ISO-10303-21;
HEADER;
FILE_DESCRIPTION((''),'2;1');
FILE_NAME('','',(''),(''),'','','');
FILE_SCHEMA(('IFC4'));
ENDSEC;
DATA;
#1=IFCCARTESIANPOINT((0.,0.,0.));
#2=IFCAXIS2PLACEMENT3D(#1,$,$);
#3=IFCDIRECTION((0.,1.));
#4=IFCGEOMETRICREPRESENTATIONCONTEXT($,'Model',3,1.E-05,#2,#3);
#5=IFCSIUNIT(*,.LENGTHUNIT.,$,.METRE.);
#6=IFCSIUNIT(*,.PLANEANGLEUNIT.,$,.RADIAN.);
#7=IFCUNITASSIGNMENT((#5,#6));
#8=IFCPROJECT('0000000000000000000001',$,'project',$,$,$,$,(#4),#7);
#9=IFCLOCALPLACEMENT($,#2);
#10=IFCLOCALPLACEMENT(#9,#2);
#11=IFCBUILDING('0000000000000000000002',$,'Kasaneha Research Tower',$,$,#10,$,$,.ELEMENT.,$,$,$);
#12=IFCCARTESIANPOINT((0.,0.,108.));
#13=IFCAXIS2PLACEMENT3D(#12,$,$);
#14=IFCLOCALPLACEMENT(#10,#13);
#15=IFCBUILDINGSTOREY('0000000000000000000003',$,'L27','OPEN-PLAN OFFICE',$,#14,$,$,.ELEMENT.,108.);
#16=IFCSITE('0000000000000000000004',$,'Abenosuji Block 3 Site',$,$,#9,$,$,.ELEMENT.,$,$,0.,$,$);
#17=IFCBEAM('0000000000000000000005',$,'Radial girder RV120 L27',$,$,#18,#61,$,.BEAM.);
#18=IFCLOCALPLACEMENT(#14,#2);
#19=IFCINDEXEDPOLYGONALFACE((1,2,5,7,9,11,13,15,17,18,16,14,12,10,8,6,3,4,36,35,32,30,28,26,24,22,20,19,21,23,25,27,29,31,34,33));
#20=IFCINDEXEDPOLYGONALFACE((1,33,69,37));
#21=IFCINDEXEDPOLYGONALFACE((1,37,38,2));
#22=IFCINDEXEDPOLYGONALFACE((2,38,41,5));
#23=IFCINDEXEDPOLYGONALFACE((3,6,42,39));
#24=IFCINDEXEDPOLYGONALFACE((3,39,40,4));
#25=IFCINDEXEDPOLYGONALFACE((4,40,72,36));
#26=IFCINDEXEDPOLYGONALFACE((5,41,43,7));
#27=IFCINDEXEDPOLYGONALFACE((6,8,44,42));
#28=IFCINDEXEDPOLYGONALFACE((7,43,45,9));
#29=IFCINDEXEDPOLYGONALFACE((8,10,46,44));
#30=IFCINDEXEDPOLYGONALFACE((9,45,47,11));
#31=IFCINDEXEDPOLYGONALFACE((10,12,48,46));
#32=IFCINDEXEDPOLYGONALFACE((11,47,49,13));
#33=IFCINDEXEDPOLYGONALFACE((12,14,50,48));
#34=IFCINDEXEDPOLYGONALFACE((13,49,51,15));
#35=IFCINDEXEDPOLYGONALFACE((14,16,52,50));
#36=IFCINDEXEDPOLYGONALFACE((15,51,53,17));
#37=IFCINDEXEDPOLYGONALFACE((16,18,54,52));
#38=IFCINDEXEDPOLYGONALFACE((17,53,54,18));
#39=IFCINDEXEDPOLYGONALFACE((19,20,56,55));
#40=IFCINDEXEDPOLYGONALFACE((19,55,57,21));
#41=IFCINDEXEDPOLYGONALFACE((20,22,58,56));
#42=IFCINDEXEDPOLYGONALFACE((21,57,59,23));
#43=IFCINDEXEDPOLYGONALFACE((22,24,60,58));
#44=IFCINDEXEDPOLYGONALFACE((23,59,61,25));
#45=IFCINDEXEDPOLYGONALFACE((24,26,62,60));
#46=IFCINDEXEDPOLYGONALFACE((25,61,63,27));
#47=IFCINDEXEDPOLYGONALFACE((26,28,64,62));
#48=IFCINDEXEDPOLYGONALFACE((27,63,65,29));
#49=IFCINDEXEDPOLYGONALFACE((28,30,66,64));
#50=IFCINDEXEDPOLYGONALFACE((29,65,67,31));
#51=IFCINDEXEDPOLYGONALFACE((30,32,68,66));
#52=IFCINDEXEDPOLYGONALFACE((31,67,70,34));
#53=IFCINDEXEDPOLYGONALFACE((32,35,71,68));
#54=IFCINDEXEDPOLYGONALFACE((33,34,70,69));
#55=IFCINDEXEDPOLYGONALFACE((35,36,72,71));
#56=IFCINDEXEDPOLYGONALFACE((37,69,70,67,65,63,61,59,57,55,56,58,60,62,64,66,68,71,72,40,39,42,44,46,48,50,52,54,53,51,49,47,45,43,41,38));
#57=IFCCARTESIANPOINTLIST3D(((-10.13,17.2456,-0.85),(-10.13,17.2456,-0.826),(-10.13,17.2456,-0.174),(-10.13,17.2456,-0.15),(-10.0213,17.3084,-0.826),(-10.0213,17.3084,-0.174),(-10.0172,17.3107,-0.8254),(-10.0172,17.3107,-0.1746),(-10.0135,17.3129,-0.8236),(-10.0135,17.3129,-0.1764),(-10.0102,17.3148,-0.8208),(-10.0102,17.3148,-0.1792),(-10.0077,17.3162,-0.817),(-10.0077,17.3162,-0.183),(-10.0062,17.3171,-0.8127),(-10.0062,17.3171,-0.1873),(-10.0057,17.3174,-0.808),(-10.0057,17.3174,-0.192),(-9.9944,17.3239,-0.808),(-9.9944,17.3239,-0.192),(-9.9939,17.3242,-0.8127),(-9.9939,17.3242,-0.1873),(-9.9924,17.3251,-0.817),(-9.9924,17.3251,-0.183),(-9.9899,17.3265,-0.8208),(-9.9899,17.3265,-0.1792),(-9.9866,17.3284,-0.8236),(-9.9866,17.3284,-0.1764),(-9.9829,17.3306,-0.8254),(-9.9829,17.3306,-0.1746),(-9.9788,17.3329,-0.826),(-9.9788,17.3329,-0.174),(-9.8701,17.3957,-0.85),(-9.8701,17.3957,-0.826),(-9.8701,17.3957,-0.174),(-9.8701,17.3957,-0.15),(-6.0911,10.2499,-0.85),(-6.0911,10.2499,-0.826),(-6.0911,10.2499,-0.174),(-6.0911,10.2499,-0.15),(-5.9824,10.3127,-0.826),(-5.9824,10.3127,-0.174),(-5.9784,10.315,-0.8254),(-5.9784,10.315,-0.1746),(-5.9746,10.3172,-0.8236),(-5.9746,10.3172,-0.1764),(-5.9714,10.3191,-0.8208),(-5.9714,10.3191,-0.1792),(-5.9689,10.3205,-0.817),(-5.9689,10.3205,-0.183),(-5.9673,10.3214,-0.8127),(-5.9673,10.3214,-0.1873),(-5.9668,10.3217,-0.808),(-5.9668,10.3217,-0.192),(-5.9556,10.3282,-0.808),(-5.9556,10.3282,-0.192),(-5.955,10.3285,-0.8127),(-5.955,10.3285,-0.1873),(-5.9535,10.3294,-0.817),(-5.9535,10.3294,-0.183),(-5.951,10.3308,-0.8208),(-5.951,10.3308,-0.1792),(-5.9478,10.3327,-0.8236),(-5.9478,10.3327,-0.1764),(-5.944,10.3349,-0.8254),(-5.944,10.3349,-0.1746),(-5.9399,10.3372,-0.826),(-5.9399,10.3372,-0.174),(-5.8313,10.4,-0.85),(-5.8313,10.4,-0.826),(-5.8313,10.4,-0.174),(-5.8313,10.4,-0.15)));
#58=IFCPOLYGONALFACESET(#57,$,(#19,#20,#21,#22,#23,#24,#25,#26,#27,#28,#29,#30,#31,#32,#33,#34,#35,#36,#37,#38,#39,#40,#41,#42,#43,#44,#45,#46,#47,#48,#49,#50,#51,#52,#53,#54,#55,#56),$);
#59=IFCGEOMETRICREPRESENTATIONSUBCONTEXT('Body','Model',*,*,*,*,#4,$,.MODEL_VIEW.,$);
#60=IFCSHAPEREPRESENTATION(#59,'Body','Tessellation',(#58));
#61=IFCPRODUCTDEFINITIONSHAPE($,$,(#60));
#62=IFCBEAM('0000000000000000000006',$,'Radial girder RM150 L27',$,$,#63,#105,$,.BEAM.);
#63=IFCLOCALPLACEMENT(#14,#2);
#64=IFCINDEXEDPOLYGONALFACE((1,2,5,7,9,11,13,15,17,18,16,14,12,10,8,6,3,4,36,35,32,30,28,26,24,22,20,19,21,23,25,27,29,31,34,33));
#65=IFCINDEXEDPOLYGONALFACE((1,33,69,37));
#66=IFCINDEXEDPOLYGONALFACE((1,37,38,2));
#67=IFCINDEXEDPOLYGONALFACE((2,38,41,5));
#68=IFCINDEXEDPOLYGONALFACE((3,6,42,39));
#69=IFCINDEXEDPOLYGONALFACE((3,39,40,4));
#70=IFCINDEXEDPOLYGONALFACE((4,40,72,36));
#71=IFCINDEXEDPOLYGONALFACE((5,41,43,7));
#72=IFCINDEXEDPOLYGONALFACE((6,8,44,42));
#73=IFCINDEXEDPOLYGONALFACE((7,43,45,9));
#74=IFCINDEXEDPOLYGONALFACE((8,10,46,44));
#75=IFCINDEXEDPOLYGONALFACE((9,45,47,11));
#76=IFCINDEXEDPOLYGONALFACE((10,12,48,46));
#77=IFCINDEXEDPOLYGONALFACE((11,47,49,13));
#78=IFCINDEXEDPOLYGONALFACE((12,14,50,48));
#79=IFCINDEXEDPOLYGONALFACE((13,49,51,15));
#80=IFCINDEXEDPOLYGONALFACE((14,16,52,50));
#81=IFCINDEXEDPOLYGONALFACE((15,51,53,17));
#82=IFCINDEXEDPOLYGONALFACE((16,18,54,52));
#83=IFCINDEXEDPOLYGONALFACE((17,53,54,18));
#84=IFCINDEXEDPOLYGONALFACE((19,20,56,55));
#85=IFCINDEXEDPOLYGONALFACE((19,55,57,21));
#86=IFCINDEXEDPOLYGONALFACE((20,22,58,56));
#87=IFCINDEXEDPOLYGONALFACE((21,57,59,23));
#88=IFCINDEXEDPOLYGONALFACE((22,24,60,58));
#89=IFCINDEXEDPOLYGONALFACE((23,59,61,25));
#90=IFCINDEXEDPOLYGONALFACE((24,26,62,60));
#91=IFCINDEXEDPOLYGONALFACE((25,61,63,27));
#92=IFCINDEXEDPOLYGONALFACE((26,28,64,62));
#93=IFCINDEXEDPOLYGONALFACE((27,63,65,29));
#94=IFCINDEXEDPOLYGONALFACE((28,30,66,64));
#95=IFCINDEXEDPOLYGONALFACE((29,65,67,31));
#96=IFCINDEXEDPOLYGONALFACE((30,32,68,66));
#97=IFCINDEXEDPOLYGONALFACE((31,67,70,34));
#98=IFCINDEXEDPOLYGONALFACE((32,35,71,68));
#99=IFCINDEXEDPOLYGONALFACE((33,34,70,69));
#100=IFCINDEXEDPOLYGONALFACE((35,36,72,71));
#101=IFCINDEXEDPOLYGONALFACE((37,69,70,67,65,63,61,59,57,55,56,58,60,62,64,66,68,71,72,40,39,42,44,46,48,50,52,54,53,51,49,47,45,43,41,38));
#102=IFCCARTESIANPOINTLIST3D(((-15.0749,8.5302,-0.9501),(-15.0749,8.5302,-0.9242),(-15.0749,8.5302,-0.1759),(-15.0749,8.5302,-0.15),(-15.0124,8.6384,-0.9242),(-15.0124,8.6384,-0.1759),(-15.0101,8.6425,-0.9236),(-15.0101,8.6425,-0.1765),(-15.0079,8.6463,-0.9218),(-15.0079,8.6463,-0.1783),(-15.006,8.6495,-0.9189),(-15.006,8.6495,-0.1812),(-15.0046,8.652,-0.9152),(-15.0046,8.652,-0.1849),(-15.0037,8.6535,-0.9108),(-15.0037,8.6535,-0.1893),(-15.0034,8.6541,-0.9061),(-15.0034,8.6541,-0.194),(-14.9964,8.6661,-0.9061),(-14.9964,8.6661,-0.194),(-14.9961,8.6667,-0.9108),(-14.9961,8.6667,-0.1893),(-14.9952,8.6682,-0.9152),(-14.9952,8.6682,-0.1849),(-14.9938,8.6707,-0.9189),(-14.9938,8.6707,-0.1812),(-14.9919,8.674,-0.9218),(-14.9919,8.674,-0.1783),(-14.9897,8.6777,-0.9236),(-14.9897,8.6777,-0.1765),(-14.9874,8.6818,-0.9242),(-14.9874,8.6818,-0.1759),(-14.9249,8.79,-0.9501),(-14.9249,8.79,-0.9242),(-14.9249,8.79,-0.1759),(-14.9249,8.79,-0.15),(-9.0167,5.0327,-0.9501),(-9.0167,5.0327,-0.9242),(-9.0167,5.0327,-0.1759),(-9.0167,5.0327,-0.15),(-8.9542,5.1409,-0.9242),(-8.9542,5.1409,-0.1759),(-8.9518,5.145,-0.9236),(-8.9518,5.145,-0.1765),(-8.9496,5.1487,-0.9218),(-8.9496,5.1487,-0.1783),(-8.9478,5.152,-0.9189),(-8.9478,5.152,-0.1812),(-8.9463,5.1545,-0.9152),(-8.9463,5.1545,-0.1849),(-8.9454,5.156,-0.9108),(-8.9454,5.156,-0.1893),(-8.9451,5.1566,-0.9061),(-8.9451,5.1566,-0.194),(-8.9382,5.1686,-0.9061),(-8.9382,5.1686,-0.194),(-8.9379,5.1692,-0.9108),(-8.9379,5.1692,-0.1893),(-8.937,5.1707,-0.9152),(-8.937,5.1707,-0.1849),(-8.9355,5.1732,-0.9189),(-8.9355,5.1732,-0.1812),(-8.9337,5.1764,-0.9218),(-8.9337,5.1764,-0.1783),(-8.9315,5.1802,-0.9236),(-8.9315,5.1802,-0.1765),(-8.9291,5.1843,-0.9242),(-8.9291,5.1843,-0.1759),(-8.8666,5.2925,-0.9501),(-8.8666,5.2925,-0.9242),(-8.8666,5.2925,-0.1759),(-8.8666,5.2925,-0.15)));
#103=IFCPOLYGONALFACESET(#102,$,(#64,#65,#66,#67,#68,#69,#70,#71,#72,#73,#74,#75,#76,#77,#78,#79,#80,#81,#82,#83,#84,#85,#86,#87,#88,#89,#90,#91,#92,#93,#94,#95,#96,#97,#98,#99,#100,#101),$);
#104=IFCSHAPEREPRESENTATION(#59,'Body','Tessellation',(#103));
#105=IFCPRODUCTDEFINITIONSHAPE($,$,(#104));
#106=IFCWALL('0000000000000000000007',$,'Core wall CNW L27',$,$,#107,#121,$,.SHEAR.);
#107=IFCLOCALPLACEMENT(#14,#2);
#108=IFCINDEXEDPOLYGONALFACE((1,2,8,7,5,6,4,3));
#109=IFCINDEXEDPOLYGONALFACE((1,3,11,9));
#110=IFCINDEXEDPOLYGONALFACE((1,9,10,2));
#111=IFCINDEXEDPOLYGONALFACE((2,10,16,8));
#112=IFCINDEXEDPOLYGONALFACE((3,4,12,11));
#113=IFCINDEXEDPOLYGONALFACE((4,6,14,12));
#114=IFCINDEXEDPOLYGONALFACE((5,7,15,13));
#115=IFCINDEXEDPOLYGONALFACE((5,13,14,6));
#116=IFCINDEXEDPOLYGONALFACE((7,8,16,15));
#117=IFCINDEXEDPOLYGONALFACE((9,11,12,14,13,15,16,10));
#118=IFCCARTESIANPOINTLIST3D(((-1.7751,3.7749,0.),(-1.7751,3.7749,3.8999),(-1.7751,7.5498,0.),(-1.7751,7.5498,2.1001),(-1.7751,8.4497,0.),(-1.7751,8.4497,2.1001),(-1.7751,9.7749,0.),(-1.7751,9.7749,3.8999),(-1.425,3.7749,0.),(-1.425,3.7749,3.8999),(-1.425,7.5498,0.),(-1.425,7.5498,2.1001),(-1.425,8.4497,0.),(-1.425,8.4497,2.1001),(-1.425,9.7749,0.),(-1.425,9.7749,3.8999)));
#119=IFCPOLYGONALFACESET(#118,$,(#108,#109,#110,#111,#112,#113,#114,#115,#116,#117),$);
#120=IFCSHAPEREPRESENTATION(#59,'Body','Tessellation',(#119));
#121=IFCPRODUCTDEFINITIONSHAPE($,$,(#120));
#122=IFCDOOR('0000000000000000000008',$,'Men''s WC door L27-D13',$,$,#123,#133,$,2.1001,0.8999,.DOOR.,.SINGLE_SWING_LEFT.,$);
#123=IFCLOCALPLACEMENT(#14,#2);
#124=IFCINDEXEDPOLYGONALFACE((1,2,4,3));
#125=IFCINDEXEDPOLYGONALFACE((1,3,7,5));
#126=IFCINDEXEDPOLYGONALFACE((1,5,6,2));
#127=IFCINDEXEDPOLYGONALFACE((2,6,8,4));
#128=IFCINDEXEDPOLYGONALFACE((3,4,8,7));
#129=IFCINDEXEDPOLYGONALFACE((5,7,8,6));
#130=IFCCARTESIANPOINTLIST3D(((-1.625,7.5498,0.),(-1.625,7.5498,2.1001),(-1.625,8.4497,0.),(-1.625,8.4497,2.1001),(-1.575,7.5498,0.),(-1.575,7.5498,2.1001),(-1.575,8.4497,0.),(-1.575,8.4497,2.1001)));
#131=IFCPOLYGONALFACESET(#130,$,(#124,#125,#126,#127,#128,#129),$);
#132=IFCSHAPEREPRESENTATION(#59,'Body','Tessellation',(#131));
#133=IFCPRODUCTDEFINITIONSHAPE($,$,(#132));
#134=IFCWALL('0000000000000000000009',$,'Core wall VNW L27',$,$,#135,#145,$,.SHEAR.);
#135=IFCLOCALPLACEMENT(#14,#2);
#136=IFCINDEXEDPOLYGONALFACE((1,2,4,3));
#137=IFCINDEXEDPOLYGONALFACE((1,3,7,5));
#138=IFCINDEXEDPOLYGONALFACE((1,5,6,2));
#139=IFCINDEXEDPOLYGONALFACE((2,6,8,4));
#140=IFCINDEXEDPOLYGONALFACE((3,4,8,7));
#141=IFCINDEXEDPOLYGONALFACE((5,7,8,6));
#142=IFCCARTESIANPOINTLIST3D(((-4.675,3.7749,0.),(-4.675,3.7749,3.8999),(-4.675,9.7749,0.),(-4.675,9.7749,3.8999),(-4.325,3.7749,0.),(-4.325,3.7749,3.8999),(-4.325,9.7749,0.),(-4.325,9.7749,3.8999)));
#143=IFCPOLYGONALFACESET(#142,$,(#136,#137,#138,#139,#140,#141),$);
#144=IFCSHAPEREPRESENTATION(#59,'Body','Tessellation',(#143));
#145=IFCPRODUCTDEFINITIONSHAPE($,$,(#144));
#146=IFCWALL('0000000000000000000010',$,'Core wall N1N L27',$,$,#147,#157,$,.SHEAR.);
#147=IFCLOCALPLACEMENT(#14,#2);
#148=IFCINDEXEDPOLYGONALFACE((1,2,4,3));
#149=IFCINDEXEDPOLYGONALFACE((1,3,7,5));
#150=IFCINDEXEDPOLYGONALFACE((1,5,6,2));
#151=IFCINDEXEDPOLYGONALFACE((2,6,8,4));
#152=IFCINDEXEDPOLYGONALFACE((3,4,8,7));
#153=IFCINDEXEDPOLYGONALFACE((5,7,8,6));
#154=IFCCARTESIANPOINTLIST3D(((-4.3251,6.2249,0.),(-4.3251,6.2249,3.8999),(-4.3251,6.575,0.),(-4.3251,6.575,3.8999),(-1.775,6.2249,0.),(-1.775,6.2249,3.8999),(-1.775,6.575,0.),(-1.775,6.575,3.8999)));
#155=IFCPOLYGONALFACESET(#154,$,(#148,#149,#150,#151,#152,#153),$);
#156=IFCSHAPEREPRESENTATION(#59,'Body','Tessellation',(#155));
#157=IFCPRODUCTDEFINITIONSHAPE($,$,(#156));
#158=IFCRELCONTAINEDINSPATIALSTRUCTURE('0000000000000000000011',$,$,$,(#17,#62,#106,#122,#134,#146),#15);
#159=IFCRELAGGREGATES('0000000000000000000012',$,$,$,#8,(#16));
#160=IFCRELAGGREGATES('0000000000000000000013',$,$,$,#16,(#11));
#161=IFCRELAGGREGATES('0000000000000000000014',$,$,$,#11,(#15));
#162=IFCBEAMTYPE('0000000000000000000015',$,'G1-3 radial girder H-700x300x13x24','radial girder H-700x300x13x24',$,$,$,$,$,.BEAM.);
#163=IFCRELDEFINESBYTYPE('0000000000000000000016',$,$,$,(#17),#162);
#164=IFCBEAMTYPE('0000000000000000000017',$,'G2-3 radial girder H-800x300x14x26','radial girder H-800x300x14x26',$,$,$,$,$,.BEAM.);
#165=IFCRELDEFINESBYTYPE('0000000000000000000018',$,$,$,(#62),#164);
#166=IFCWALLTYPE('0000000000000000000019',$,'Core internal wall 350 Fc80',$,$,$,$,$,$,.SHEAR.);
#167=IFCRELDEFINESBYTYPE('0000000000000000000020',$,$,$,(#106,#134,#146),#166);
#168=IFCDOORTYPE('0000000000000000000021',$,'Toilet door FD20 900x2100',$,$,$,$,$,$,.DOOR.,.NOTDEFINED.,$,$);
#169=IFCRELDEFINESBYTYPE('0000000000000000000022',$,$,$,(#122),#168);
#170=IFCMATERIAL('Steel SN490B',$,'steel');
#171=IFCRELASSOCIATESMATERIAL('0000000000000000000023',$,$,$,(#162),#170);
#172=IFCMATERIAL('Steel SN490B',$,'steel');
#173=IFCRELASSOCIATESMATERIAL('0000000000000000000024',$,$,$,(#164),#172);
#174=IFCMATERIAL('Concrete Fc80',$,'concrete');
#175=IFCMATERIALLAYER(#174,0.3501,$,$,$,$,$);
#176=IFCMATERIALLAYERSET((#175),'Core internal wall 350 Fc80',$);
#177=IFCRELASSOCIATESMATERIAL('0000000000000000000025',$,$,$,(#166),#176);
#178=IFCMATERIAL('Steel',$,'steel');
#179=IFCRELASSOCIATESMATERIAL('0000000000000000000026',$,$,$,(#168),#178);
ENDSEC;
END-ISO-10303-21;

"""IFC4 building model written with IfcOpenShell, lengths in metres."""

from ifc_helpers import new_model, si_unit, direction, frame, frame_2d, origin, origin_2d, place, context, subcontext, project, spatial, rectangle, i_section, extrude, material, layer, layer_set, material_profile, profile_set, type_object, element, fill, save


model = new_model("IFC4")

# Units and contexts
model_context = context("Model", 3, precision=1e-05, world=origin(), true_north=direction((0.0, 1.0)))
body_context = subcontext(model_context, "Body", "Model", "MODEL_VIEW")
ifc_project = project(units=[si_unit("LENGTHUNIT", "METRE"), si_unit("PLANEANGLEUNIT", "RADIAN")], contexts=[model_context])

# Site, building, storey
site_placement = place(None, origin())
site = spatial("IfcSite", under=ifc_project, at=site_placement, Name="Abenosuji Block 3 Site", CompositionType="ELEMENT", RefElevation=0.0)
building_placement = place(site_placement, origin())
building = spatial("IfcBuilding", under=site, at=building_placement, Name="Kasaneha Research Tower", CompositionType="ELEMENT")
storey_placement = place(building_placement, frame((0.0, 0.0, 108.0)))
storey = spatial("IfcBuildingStorey", under=building, at=storey_placement, Name="L27", Description="OPEN-PLAN OFFICE", CompositionType="ELEMENT", Elevation=108.0)

# Beams
ifc_material_1 = material(Name="Steel SN490B", Category="steel")
ifc_material_profile_1 = material_profile(ifc_material_1, i_section(OverallWidth=0.3, OverallDepth=0.7, WebThickness=0.0129, FlangeThickness=0.0239, FilletRadius=0.0181, at=origin_2d()), Name="H-700x300x13x24")
ifc_profile_set_1 = profile_set([ifc_material_profile_1], Name="Steel SN490B")
beam_type_1 = type_object("IfcBeamType", Name="G1-3 radial girder H-700x300x13x24", Description="radial girder H-700x300x13x24", PredefinedType="BEAM", material=ifc_profile_set_1)
beam_1_placement = place(storey_placement, frame((-5.9612, 10.325, -0.5), z_axis=(-0.499991, 0.866031, 0.0), x_axis=(-0.866031, -0.499991, 0.0)))
element("IfcBeam", 1, at=beam_1_placement, inside=storey, type_object=beam_type_1, Name="Radial girder RV120 L27", PredefinedType="BEAM", context=body_context, shape_type="SweptSolid", body=[
    extrude(i_section(OverallWidth=0.3, OverallDepth=0.7, WebThickness=0.0129, FlangeThickness=0.0239, FilletRadius=0.0181, at=origin_2d()), origin(), (0.0, 0.0, 1.0), 8.0779),
])
ifc_material_2 = material(Name="Steel SN490B", Category="steel")
ifc_material_profile_2 = material_profile(ifc_material_2, i_section(OverallWidth=0.3, OverallDepth=0.8, WebThickness=0.0139, FlangeThickness=0.0259, FilletRadius=0.0181, at=origin_2d()), Name="H-800x300x14x26")
ifc_profile_set_2 = profile_set([ifc_material_profile_2], Name="Steel SN490B")
beam_type_2 = type_object("IfcBeamType", Name="G2-3 radial girder H-800x300x14x26", Description="radial girder H-800x300x14x26", PredefinedType="BEAM", material=ifc_profile_set_2)
beam_2_placement = place(storey_placement, frame((-8.9417, 5.1626, -0.55), z_axis=(-0.86604, 0.499975, 0.0), x_axis=(-0.499975, -0.86604, 0.0)))
element("IfcBeam", 2, at=beam_2_placement, inside=storey, type_object=beam_type_2, Name="Radial girder RM150 L27", PredefinedType="BEAM", context=body_context, shape_type="SweptSolid", body=[
    extrude(i_section(OverallWidth=0.3, OverallDepth=0.8, WebThickness=0.0139, FlangeThickness=0.0259, FilletRadius=0.0181, at=origin_2d()), origin(), (0.0, 0.0, 1.0), 6.9954),
])

# Shared definitions
ifc_material_3 = material(Name="Concrete Fc80", Category="concrete")
ifc_layer_1 = layer(ifc_material_3, 0.3501)
ifc_layer_set_1 = layer_set([ifc_layer_1], Name="Core internal wall 350 Fc80")
wall_type_1 = type_object("IfcWallType", Name="Core internal wall 350 Fc80", PredefinedType="SHEAR", material=ifc_layer_set_1)

# Wall, opening, door
wall_1_placement = place(storey_placement, frame((-1.6001, 3.7749, 0.0), z_axis=(0.0, 0.0, 1.0), x_axis=(0.0, 1.0, 0.0)))
wall_1 = element("IfcWall", 3, at=wall_1_placement, inside=storey, type_object=wall_type_1, Name="Core wall CNW L27", PredefinedType="SHEAR", context=body_context, shape_type="SweptSolid", body=[
    extrude(rectangle(XDim=6.0, YDim=0.3501, at=frame_2d((3.0, 0.0))), origin(), (0.0, 0.0, 1.0), 3.8999),
])
opening_1_placement = place(wall_1_placement, frame((3.7749, 0.0, 0.0)))
opening_1 = element("IfcOpeningElement", 4, at=opening_1_placement, cuts=wall_1, PredefinedType="OPENING", context=body_context, shape_type="SweptSolid", body=[
    extrude(rectangle(XDim=0.8999, YDim=2.1001, at=frame_2d((0.45, 1.05))), frame((0.0, 0.1851, 0.0), z_axis=(0.0, -1.0, 0.0), x_axis=(1.0, 0.0, 0.0)), (0.0, 0.0, 1.0), 0.3701),
])
ifc_material_4 = material(Name="Steel", Category="steel")
door_type_1 = type_object("IfcDoorType", Name="Toilet door FD20 900x2100", OperationType="NOTDEFINED", PredefinedType="DOOR", material=ifc_material_4)
door_1_placement = place(opening_1_placement, origin())
door_1 = element("IfcDoor", 5, at=door_1_placement, inside=storey, type_object=door_type_1, Name="Men's WC door L27-D13", OperationType="SINGLE_SWING_LEFT", OverallHeight=2.1001, OverallWidth=0.8999, PredefinedType="DOOR", context=body_context, shape_type="SweptSolid", body=[
    extrude(rectangle(XDim=0.8999, YDim=2.1001, at=frame_2d((0.45, 1.05))), frame((0.0, 0.0249, 0.0), z_axis=(0.0, -1.0, 0.0), x_axis=(1.0, 0.0, 0.0)), (0.0, 0.0, 1.0), 0.05),
])
fill(opening_1, door_1)

# Walls
wall_2_placement = place(storey_placement, frame((-4.5, 3.7749, 0.0), z_axis=(0.0, 0.0, 1.0), x_axis=(0.0, 1.0, 0.0)))
element("IfcWall", 6, at=wall_2_placement, inside=storey, type_object=wall_type_1, Name="Core wall VNW L27", PredefinedType="SHEAR", context=body_context, shape_type="SweptSolid", body=[
    extrude(rectangle(XDim=6.0, YDim=0.3501, at=frame_2d((3.0, 0.0))), origin(), (0.0, 0.0, 1.0), 3.8999),
])
wall_3_placement = place(storey_placement, frame((-4.325, 6.3999, 0.0), z_axis=(0.0, 0.0, 1.0), x_axis=(1.0, 0.0, 0.0)))
element("IfcWall", 7, at=wall_3_placement, inside=storey, type_object=wall_type_1, Name="Core wall N1N L27", PredefinedType="SHEAR", context=body_context, shape_type="SweptSolid", body=[
    extrude(rectangle(XDim=2.55, YDim=0.3501, at=frame_2d((1.2749, 0.0))), origin(), (0.0, 0.0, 1.0), 3.8999),
])

save(model, "model.ifc")
